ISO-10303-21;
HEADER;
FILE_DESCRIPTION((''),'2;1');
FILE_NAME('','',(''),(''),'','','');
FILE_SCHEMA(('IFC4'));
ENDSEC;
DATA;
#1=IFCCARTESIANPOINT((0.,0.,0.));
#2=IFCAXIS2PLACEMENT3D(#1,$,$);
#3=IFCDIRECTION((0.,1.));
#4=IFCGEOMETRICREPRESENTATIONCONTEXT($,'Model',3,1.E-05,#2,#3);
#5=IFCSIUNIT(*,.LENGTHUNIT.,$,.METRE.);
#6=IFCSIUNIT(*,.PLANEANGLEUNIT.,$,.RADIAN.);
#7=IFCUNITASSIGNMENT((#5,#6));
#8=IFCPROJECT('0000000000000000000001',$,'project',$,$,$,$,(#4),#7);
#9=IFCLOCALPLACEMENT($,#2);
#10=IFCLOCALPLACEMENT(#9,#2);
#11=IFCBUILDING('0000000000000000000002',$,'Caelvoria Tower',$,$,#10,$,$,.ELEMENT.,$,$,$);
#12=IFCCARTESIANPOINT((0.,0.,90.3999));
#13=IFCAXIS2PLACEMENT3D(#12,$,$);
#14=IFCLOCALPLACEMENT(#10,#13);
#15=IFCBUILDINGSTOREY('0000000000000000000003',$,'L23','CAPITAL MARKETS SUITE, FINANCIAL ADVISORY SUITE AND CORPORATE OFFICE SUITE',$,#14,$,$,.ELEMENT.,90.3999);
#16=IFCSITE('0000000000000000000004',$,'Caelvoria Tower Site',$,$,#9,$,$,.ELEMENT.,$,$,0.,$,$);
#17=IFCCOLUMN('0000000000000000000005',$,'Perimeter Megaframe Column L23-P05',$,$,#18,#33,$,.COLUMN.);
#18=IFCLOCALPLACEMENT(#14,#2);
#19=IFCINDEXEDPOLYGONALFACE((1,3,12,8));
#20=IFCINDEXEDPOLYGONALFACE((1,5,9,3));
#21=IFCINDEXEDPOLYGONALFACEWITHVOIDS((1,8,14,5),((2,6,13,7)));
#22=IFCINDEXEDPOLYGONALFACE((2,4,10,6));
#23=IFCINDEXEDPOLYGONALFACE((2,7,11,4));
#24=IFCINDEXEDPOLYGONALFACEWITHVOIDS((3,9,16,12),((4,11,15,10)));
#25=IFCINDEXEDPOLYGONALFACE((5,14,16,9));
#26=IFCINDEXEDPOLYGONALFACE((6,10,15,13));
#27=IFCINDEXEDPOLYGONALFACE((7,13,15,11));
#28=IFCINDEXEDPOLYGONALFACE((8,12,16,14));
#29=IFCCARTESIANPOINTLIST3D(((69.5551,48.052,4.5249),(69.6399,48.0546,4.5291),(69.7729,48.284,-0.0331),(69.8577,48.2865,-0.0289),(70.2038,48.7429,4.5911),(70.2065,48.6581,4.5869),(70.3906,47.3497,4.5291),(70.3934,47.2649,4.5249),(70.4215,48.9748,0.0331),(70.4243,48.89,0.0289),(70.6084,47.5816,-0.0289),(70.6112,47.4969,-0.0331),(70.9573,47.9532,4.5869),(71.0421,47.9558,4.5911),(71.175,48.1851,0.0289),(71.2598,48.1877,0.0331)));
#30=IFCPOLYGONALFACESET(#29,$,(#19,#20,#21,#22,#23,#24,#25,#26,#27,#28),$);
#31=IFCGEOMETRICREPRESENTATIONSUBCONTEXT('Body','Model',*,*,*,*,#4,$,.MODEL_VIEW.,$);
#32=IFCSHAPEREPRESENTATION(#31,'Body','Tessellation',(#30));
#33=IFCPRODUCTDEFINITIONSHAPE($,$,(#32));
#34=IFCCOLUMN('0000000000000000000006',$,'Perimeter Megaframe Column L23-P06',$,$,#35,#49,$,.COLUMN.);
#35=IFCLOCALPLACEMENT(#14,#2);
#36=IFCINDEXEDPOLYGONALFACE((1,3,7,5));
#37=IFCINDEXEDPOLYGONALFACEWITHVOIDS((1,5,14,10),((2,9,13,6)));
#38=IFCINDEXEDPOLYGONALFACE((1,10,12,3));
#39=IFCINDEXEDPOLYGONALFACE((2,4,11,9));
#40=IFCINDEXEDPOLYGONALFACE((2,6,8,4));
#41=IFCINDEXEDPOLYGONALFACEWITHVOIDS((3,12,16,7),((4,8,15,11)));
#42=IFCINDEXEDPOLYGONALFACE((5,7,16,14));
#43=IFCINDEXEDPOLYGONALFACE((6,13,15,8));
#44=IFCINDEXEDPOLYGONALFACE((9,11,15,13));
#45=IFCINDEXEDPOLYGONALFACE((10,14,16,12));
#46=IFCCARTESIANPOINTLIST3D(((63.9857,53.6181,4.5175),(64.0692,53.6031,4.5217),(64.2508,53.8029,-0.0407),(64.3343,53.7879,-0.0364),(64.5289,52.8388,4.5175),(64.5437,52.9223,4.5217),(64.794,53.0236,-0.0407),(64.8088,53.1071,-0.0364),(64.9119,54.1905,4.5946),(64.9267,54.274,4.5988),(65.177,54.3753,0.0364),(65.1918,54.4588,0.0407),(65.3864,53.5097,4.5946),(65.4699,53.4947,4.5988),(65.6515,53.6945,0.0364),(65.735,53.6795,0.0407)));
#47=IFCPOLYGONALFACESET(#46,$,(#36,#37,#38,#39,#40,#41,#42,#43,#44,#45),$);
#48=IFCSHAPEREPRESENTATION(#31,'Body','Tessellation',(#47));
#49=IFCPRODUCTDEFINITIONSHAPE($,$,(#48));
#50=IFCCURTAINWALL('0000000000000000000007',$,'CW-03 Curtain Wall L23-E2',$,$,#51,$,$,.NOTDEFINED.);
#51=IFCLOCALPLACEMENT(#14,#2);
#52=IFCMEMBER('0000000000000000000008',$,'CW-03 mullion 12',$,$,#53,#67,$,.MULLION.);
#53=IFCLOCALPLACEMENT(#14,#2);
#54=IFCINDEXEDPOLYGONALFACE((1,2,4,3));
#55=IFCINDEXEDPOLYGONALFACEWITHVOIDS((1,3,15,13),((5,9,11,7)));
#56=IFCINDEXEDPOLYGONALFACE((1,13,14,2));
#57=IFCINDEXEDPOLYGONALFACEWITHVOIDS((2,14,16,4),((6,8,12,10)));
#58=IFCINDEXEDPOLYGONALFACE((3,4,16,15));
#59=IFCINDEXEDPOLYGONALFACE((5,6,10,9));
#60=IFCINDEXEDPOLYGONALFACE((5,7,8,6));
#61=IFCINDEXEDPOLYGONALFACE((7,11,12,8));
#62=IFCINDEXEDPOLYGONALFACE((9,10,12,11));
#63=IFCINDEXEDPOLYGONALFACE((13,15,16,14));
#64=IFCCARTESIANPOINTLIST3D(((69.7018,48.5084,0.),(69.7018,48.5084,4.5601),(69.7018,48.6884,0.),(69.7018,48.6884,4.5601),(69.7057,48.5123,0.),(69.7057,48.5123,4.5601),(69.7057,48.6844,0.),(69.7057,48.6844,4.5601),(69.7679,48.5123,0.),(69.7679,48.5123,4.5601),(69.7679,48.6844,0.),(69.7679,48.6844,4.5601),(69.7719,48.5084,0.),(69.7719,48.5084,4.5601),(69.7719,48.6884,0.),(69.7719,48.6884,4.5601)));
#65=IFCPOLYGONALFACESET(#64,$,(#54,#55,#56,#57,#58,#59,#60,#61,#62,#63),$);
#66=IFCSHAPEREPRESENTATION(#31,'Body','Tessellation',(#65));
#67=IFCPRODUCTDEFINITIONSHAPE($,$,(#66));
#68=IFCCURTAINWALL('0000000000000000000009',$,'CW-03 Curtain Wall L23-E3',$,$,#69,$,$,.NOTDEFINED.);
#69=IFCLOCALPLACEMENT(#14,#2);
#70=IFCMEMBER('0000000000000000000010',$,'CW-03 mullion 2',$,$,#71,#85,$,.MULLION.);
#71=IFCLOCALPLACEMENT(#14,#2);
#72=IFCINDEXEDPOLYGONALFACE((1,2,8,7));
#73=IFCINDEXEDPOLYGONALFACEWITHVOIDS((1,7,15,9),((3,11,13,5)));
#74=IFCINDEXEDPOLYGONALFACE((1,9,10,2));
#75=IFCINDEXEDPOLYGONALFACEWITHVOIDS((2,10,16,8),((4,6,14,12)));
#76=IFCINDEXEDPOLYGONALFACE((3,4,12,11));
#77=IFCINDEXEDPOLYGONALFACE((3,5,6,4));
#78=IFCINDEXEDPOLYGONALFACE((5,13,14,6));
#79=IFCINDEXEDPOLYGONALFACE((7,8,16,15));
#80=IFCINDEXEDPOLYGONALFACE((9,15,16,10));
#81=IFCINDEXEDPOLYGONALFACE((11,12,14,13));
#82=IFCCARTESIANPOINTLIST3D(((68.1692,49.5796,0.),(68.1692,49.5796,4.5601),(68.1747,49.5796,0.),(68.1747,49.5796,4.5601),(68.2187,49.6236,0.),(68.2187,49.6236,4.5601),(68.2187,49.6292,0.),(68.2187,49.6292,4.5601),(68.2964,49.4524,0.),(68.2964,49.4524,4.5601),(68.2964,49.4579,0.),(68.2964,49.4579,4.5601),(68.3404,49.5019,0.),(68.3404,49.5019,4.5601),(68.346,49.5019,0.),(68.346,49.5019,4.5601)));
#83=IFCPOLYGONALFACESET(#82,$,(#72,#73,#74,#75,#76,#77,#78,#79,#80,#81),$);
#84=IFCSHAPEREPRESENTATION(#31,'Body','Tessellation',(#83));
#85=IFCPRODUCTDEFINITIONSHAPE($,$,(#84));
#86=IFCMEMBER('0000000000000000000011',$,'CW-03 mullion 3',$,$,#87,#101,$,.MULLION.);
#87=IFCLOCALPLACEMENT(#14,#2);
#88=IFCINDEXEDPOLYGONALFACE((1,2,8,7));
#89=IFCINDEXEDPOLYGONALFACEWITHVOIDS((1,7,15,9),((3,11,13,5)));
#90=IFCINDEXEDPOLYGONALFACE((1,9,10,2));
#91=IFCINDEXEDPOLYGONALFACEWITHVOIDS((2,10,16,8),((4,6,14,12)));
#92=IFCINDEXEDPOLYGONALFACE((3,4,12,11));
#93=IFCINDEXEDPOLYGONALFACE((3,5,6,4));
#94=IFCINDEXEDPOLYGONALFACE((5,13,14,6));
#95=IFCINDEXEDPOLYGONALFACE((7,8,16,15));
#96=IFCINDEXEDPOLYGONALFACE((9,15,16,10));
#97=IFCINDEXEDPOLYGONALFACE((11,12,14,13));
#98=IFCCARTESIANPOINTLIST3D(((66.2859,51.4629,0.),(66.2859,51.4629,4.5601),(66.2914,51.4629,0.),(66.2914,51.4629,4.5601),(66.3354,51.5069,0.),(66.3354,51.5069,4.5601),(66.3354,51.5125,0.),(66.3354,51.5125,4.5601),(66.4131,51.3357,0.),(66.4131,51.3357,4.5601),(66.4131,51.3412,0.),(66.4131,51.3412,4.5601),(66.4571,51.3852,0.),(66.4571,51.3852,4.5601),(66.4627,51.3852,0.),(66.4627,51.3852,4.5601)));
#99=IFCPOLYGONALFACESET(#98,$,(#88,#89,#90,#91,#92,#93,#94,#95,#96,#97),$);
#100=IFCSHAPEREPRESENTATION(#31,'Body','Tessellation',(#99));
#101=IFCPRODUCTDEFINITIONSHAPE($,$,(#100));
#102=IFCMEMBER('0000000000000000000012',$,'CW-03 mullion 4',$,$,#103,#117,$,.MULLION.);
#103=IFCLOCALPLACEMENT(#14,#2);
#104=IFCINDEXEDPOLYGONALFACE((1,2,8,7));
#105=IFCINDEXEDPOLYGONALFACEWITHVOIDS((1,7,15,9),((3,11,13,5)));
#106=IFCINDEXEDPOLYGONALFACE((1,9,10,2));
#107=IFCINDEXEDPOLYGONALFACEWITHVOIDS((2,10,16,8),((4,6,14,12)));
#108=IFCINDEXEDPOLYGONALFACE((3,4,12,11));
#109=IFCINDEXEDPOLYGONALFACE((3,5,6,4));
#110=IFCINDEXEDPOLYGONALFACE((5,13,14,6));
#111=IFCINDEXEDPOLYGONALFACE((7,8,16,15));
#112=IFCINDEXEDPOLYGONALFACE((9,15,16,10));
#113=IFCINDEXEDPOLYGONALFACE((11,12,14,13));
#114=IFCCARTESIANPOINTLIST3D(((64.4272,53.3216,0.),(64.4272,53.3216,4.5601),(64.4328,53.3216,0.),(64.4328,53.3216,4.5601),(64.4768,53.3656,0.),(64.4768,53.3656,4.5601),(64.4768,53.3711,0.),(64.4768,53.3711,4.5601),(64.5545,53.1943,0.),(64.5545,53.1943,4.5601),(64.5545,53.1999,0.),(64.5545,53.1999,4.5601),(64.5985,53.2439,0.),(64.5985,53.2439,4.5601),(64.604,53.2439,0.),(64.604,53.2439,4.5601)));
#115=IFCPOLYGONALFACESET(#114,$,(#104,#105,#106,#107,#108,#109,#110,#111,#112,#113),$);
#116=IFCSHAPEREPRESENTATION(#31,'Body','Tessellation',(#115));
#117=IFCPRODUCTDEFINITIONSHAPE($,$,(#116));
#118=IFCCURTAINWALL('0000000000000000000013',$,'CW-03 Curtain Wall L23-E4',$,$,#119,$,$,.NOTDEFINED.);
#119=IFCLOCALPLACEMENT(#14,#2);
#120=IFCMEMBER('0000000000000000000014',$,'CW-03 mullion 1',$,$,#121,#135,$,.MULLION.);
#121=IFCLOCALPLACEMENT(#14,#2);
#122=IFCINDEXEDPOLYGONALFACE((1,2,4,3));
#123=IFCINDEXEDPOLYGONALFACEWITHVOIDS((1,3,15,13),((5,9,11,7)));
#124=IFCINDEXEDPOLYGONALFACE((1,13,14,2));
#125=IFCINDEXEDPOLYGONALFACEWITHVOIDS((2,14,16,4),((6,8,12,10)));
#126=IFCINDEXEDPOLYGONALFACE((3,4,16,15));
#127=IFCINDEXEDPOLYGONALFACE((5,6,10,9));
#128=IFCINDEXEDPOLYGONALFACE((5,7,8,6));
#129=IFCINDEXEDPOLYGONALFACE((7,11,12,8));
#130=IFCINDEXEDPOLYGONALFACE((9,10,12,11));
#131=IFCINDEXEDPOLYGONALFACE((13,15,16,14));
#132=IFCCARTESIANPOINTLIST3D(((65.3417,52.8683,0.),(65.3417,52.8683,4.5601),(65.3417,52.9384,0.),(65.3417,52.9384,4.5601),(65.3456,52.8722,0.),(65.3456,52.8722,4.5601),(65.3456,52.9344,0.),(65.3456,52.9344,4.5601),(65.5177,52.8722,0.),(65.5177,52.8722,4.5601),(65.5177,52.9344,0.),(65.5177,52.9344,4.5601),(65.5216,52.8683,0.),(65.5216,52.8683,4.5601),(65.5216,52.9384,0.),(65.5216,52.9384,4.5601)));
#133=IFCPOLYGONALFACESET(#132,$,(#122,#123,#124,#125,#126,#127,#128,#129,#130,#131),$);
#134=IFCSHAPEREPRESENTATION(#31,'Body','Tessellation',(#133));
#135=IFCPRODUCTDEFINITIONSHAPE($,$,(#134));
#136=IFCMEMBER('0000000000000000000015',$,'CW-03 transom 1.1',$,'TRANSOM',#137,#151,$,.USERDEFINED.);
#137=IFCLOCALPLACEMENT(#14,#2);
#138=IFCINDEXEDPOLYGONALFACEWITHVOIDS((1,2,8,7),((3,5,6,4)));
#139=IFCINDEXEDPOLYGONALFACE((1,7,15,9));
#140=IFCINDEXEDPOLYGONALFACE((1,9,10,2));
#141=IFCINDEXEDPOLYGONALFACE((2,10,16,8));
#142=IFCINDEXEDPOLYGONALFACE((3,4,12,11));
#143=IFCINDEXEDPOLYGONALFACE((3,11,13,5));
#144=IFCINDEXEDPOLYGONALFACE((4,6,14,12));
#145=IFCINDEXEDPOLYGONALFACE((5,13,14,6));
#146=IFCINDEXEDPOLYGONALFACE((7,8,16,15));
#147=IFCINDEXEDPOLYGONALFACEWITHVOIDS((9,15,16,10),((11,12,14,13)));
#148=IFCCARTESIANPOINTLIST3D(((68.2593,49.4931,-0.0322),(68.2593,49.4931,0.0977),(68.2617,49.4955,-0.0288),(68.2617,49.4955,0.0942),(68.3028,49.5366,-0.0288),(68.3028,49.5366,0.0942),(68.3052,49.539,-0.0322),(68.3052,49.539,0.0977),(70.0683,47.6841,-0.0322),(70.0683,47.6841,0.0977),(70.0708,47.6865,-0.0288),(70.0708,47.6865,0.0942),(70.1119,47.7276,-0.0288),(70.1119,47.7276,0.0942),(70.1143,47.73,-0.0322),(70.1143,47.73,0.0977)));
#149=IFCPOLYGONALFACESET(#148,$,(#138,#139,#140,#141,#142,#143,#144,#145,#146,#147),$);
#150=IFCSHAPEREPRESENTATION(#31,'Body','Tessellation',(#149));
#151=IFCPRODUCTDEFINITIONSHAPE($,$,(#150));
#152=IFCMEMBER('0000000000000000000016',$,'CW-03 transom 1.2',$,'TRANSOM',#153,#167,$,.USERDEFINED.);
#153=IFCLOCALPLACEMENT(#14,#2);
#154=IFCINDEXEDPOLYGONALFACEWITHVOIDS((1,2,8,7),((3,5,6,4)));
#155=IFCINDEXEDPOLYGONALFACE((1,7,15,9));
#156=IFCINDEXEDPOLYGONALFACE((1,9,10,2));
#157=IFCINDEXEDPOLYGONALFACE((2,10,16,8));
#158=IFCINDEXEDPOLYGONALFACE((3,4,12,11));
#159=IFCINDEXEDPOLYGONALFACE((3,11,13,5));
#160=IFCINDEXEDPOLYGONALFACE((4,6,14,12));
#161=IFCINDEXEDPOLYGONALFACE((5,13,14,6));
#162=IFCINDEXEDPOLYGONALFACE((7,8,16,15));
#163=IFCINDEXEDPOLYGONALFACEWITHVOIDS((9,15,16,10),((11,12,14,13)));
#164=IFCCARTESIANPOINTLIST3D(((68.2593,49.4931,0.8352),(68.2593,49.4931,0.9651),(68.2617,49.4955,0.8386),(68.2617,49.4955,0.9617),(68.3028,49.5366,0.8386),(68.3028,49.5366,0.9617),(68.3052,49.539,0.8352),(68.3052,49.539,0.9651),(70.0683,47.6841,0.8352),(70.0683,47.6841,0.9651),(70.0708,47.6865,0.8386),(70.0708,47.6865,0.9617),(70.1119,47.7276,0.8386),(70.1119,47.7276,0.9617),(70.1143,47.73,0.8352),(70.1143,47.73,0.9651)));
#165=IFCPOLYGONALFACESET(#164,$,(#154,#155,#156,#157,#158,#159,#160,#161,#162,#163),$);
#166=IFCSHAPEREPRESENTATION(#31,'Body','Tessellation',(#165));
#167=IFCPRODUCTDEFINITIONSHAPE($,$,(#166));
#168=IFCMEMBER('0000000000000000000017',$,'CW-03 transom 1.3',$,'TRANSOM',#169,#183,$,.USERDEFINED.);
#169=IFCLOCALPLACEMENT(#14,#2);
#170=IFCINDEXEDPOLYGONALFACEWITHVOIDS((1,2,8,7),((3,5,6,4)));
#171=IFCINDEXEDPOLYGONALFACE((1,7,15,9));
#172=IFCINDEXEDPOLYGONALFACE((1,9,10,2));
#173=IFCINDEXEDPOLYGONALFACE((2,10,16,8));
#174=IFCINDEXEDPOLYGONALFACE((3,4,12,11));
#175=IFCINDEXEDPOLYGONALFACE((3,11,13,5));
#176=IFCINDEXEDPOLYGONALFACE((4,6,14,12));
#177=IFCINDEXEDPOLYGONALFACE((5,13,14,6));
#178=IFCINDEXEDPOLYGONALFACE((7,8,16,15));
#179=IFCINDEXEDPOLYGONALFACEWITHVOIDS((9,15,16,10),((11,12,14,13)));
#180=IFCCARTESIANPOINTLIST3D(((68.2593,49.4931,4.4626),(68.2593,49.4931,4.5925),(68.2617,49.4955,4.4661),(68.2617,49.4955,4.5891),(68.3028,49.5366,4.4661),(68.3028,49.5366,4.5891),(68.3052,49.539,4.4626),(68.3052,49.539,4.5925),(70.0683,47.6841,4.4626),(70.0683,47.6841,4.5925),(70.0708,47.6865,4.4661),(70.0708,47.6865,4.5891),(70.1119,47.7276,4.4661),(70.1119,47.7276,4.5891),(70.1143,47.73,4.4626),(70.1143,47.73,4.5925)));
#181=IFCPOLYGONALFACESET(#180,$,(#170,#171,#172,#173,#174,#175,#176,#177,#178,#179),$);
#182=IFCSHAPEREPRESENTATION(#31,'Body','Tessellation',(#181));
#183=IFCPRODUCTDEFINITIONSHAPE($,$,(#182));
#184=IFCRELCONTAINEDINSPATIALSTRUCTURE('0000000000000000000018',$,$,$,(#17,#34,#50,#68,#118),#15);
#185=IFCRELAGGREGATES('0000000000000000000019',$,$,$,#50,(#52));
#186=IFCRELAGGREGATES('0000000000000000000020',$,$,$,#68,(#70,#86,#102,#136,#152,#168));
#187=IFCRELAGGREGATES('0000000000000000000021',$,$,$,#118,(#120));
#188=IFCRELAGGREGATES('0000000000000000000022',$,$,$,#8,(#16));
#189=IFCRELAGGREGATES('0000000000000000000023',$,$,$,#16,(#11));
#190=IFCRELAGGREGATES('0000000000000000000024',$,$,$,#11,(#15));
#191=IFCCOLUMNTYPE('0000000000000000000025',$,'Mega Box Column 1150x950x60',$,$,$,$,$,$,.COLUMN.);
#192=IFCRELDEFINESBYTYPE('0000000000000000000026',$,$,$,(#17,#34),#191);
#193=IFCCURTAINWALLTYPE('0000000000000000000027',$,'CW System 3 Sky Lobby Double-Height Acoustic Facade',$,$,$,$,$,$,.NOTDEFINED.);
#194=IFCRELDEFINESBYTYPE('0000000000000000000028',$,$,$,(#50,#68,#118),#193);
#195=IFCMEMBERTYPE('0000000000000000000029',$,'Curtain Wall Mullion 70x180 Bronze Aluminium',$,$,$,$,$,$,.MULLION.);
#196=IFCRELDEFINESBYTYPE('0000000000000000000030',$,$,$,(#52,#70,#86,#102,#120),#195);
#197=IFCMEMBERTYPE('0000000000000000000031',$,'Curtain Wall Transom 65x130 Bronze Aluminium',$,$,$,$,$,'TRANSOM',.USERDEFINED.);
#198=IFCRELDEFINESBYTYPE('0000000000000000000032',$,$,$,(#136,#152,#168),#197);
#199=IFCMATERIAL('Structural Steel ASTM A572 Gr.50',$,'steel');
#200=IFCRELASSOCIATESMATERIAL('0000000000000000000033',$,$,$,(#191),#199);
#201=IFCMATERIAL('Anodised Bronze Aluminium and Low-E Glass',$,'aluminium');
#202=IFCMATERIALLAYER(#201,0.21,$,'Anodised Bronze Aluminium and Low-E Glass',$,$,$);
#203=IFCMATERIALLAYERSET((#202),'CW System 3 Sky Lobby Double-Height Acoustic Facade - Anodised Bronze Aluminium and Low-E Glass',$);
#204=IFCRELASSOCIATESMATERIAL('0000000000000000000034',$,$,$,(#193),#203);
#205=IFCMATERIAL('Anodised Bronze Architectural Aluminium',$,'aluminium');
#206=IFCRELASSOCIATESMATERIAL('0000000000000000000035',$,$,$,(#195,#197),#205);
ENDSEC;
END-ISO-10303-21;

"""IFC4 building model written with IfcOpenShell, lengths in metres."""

from ifc_helpers import new_model, si_unit, direction, frame, origin, origin_2d, place, context, subcontext, project, spatial, hollow_rectangle, extrude, material, layer, layer_set, material_profile, profile_set, type_object, element, aggregate, save


model = new_model("IFC4")

# Units and contexts
model_context = context("Model", 3, precision=1e-05, world=origin(), true_north=direction((0.0, 1.0)))
body_context = subcontext(model_context, "Body", "Model", "MODEL_VIEW")
ifc_project = project(units=[si_unit("LENGTHUNIT", "METRE"), si_unit("PLANEANGLEUNIT", "RADIAN")], contexts=[model_context])

# Site, building, storey
site_placement = place(None, origin())
site = spatial("IfcSite", under=ifc_project, at=site_placement, Name="Caelvoria Tower Site", CompositionType="ELEMENT", RefElevation=0.0)
building_placement = place(site_placement, origin())
building = spatial("IfcBuilding", under=site, at=building_placement, Name="Caelvoria Tower", CompositionType="ELEMENT")
storey_placement = place(building_placement, frame((0.0, 0.0, 90.3999)))
storey = spatial("IfcBuildingStorey", under=building, at=storey_placement, Name="L23", Description="CAPITAL MARKETS SUITE, FINANCIAL ADVISORY SUITE AND CORPORATE OFFICE SUITE", CompositionType="ELEMENT", Elevation=90.3999)

# Columns
ifc_material_1 = material(Name="Structural Steel ASTM A572 Gr.50", Category="steel")
ifc_material_profile_1 = material_profile(ifc_material_1, hollow_rectangle(XDim=0.95, YDim=1.1499, WallThickness=0.0601, at=origin_2d()), Name="Structural Steel ASTM A572 Gr.50")
ifc_profile_set_1 = profile_set([ifc_material_profile_1], Name="BOX1150X950X60 - Structural Steel ASTM A572 Gr.50")
column_type = type_object("IfcColumnType", Name="Mega Box Column 1150x950x60", PredefinedType="COLUMN", material=ifc_profile_set_1)
column_1_placement = place(storey_placement, frame((70.5164, 48.2358, 0.0), z_axis=(-0.047661, -0.05076, 0.997573), x_axis=(0.682841, 0.727241, 0.069629)))
element("IfcColumn", 1, at=column_1_placement, inside=storey, type_object=column_type, Name="Perimeter Megaframe Column L23-P05", PredefinedType="COLUMN", context=body_context, shape_type="SweptSolid", body=[
    extrude(hollow_rectangle(XDim=0.95, YDim=1.1499, WallThickness=0.0601, at=origin_2d()), origin(), (0.0, 0.0, 1.0), 4.5691),
])
column_2_placement = place(storey_placement, frame((64.9929, 53.7412, 0.0), z_axis=(-0.058023, -0.040445, 0.997496), x_axis=(0.571839, -0.820366, 0.0)))
element("IfcColumn", 2, at=column_2_placement, inside=storey, type_object=column_type, Name="Perimeter Megaframe Column L23-P06", PredefinedType="COLUMN", context=body_context, shape_type="SweptSolid", body=[
    extrude(hollow_rectangle(XDim=0.95, YDim=1.1499, WallThickness=0.0601, at=origin_2d()), origin(), (0.0, 0.0, 1.0), 4.5696),
])

# Curtain wall, member
ifc_material_2 = material(Name="Anodised Bronze Aluminium and Low-E Glass", Category="aluminium")
ifc_layer_1 = layer(ifc_material_2, 0.21, Name="Anodised Bronze Aluminium and Low-E Glass")
ifc_layer_set_1 = layer_set([ifc_layer_1], Name="CW System 3 Sky Lobby Double-Height Acoustic Facade - Anodised Bronze Aluminium and Low-E Glass")
curtain_wall_type = type_object("IfcCurtainWallType", Name="CW System 3 Sky Lobby Double-Height Acoustic Facade", PredefinedType="NOTDEFINED", material=ifc_layer_set_1)
curtain_wall_1_placement = place(storey_placement, origin())
curtain_wall_1 = element("IfcCurtainWall", 3, at=curtain_wall_1_placement, inside=storey, type_object=curtain_wall_type, Name="CW-03 Curtain Wall L23-E2", PredefinedType="NOTDEFINED")
ifc_material_3 = material(Name="Anodised Bronze Architectural Aluminium", Category="aluminium")
ifc_material_profile_2 = material_profile(ifc_material_3, hollow_rectangle(XDim=0.0701, YDim=0.1799, WallThickness=0.0039, at=origin_2d()), Name="Anodised Bronze Architectural Aluminium")
ifc_profile_set_2 = profile_set([ifc_material_profile_2], Name="CW_MULL_70X180 - Anodised Bronze Architectural Aluminium")
member_type_1 = type_object("IfcMemberType", Name="Curtain Wall Mullion 70x180 Bronze Aluminium", PredefinedType="MULLION", material=ifc_profile_set_2)
member_1_placement = place(storey_placement, frame((69.7368, 48.5984, 0.0), z_axis=(0.0, 0.0, 1.0), x_axis=(-1.0, 0.0, 0.0)))
member_1 = element("IfcMember", 4, at=member_1_placement, type_object=member_type_1, Name="CW-03 mullion 12", PredefinedType="MULLION", context=body_context, shape_type="SweptSolid", body=[
    extrude(hollow_rectangle(XDim=0.0701, YDim=0.1799, WallThickness=0.0039, at=origin_2d()), origin(), (0.0, 0.0, 1.0), 4.5601),
])
aggregate(curtain_wall_1, [member_1])

# Curtain wall, members
curtain_wall_2_placement = place(storey_placement, origin())
curtain_wall_2 = element("IfcCurtainWall", 5, at=curtain_wall_2_placement, inside=storey, type_object=curtain_wall_type, Name="CW-03 Curtain Wall L23-E3", PredefinedType="NOTDEFINED")
member_2_placement = place(storey_placement, frame((68.2576, 49.5408, 0.0), z_axis=(0.0, 0.0, 1.0), x_axis=(-0.707107, -0.707107, 0.0)))
member_2 = element("IfcMember", 6, at=member_2_placement, type_object=member_type_1, Name="CW-03 mullion 2", PredefinedType="MULLION", context=body_context, shape_type="SweptSolid", body=[
    extrude(hollow_rectangle(XDim=0.0701, YDim=0.1799, WallThickness=0.0039, at=origin_2d()), origin(), (0.0, 0.0, 1.0), 4.5601),
])
member_3_placement = place(storey_placement, frame((66.3743, 51.4241, 0.0), z_axis=(0.0, 0.0, 1.0), x_axis=(-0.707107, -0.707107, 0.0)))
member_3 = element("IfcMember", 7, at=member_3_placement, type_object=member_type_1, Name="CW-03 mullion 3", PredefinedType="MULLION", context=body_context, shape_type="SweptSolid", body=[
    extrude(hollow_rectangle(XDim=0.0701, YDim=0.1799, WallThickness=0.0039, at=origin_2d()), origin(), (0.0, 0.0, 1.0), 4.5601),
])
member_4_placement = place(storey_placement, frame((64.5156, 53.2827, 0.0), z_axis=(0.0, 0.0, 1.0), x_axis=(-0.707107, -0.707107, 0.0)))
member_4 = element("IfcMember", 8, at=member_4_placement, type_object=member_type_1, Name="CW-03 mullion 4", PredefinedType="MULLION", context=body_context, shape_type="SweptSolid", body=[
    extrude(hollow_rectangle(XDim=0.0701, YDim=0.1799, WallThickness=0.0039, at=origin_2d()), origin(), (0.0, 0.0, 1.0), 4.5601),
])

# Curtain wall, member
curtain_wall_3_placement = place(storey_placement, origin())
curtain_wall_3 = element("IfcCurtainWall", 9, at=curtain_wall_3_placement, inside=storey, type_object=curtain_wall_type, Name="CW-03 Curtain Wall L23-E4", PredefinedType="NOTDEFINED")
member_5_placement = place(storey_placement, frame((65.4316, 52.9033, 0.0), z_axis=(0.0, 0.0, 1.0), x_axis=(0.0, -1.0, 0.0)))
member_5 = element("IfcMember", 10, at=member_5_placement, type_object=member_type_1, Name="CW-03 mullion 1", PredefinedType="MULLION", context=body_context, shape_type="SweptSolid", body=[
    extrude(hollow_rectangle(XDim=0.0701, YDim=0.1799, WallThickness=0.0039, at=origin_2d()), origin(), (0.0, 0.0, 1.0), 4.5601),
])

# Members
ifc_material_profile_3 = material_profile(ifc_material_3, hollow_rectangle(XDim=0.0649, YDim=0.1299, WallThickness=0.0034, at=origin_2d()), Name="Anodised Bronze Architectural Aluminium")
ifc_profile_set_3 = profile_set([ifc_material_profile_3], Name="CW_TRAN_65X130 - Anodised Bronze Architectural Aluminium")
member_type_2 = type_object("IfcMemberType", Name="Curtain Wall Transom 65x130 Bronze Aluminium", ElementType="TRANSOM", PredefinedType="USERDEFINED", material=ifc_profile_set_3)
member_6_placement = place(storey_placement, frame((70.0913, 47.707, 0.0327), z_axis=(-0.707107, 0.707107, 0.0), x_axis=(-0.707107, -0.707107, 0.0)))
member_6 = element("IfcMember", 11, at=member_6_placement, type_object=member_type_2, Name="CW-03 transom 1.1", ObjectType="TRANSOM", PredefinedType="USERDEFINED", context=body_context, shape_type="SweptSolid", body=[
    extrude(hollow_rectangle(XDim=0.0649, YDim=0.1299, WallThickness=0.0034, at=origin_2d()), origin(), (0.0, 0.0, 1.0), 2.5583),
])
member_7_placement = place(storey_placement, frame((70.0913, 47.707, 0.9001), z_axis=(-0.707107, 0.707107, 0.0), x_axis=(-0.707107, -0.707107, 0.0)))
member_7 = element("IfcMember", 12, at=member_7_placement, type_object=member_type_2, Name="CW-03 transom 1.2", ObjectType="TRANSOM", PredefinedType="USERDEFINED", context=body_context, shape_type="SweptSolid", body=[
    extrude(hollow_rectangle(XDim=0.0649, YDim=0.1299, WallThickness=0.0034, at=origin_2d()), origin(), (0.0, 0.0, 1.0), 2.5583),
])
member_8_placement = place(storey_placement, frame((70.0913, 47.707, 4.5276), z_axis=(-0.707107, 0.707107, 0.0), x_axis=(-0.707107, -0.707107, 0.0)))
member_8 = element("IfcMember", 13, at=member_8_placement, type_object=member_type_2, Name="CW-03 transom 1.3", ObjectType="TRANSOM", PredefinedType="USERDEFINED", context=body_context, shape_type="SweptSolid", body=[
    extrude(hollow_rectangle(XDim=0.0649, YDim=0.1299, WallThickness=0.0034, at=origin_2d()), origin(), (0.0, 0.0, 1.0), 2.5583),
])

aggregate(curtain_wall_2, [member_2, member_3, member_4, member_6, member_7, member_8])
aggregate(curtain_wall_3, [member_5])

save(model, "model.ifc")
